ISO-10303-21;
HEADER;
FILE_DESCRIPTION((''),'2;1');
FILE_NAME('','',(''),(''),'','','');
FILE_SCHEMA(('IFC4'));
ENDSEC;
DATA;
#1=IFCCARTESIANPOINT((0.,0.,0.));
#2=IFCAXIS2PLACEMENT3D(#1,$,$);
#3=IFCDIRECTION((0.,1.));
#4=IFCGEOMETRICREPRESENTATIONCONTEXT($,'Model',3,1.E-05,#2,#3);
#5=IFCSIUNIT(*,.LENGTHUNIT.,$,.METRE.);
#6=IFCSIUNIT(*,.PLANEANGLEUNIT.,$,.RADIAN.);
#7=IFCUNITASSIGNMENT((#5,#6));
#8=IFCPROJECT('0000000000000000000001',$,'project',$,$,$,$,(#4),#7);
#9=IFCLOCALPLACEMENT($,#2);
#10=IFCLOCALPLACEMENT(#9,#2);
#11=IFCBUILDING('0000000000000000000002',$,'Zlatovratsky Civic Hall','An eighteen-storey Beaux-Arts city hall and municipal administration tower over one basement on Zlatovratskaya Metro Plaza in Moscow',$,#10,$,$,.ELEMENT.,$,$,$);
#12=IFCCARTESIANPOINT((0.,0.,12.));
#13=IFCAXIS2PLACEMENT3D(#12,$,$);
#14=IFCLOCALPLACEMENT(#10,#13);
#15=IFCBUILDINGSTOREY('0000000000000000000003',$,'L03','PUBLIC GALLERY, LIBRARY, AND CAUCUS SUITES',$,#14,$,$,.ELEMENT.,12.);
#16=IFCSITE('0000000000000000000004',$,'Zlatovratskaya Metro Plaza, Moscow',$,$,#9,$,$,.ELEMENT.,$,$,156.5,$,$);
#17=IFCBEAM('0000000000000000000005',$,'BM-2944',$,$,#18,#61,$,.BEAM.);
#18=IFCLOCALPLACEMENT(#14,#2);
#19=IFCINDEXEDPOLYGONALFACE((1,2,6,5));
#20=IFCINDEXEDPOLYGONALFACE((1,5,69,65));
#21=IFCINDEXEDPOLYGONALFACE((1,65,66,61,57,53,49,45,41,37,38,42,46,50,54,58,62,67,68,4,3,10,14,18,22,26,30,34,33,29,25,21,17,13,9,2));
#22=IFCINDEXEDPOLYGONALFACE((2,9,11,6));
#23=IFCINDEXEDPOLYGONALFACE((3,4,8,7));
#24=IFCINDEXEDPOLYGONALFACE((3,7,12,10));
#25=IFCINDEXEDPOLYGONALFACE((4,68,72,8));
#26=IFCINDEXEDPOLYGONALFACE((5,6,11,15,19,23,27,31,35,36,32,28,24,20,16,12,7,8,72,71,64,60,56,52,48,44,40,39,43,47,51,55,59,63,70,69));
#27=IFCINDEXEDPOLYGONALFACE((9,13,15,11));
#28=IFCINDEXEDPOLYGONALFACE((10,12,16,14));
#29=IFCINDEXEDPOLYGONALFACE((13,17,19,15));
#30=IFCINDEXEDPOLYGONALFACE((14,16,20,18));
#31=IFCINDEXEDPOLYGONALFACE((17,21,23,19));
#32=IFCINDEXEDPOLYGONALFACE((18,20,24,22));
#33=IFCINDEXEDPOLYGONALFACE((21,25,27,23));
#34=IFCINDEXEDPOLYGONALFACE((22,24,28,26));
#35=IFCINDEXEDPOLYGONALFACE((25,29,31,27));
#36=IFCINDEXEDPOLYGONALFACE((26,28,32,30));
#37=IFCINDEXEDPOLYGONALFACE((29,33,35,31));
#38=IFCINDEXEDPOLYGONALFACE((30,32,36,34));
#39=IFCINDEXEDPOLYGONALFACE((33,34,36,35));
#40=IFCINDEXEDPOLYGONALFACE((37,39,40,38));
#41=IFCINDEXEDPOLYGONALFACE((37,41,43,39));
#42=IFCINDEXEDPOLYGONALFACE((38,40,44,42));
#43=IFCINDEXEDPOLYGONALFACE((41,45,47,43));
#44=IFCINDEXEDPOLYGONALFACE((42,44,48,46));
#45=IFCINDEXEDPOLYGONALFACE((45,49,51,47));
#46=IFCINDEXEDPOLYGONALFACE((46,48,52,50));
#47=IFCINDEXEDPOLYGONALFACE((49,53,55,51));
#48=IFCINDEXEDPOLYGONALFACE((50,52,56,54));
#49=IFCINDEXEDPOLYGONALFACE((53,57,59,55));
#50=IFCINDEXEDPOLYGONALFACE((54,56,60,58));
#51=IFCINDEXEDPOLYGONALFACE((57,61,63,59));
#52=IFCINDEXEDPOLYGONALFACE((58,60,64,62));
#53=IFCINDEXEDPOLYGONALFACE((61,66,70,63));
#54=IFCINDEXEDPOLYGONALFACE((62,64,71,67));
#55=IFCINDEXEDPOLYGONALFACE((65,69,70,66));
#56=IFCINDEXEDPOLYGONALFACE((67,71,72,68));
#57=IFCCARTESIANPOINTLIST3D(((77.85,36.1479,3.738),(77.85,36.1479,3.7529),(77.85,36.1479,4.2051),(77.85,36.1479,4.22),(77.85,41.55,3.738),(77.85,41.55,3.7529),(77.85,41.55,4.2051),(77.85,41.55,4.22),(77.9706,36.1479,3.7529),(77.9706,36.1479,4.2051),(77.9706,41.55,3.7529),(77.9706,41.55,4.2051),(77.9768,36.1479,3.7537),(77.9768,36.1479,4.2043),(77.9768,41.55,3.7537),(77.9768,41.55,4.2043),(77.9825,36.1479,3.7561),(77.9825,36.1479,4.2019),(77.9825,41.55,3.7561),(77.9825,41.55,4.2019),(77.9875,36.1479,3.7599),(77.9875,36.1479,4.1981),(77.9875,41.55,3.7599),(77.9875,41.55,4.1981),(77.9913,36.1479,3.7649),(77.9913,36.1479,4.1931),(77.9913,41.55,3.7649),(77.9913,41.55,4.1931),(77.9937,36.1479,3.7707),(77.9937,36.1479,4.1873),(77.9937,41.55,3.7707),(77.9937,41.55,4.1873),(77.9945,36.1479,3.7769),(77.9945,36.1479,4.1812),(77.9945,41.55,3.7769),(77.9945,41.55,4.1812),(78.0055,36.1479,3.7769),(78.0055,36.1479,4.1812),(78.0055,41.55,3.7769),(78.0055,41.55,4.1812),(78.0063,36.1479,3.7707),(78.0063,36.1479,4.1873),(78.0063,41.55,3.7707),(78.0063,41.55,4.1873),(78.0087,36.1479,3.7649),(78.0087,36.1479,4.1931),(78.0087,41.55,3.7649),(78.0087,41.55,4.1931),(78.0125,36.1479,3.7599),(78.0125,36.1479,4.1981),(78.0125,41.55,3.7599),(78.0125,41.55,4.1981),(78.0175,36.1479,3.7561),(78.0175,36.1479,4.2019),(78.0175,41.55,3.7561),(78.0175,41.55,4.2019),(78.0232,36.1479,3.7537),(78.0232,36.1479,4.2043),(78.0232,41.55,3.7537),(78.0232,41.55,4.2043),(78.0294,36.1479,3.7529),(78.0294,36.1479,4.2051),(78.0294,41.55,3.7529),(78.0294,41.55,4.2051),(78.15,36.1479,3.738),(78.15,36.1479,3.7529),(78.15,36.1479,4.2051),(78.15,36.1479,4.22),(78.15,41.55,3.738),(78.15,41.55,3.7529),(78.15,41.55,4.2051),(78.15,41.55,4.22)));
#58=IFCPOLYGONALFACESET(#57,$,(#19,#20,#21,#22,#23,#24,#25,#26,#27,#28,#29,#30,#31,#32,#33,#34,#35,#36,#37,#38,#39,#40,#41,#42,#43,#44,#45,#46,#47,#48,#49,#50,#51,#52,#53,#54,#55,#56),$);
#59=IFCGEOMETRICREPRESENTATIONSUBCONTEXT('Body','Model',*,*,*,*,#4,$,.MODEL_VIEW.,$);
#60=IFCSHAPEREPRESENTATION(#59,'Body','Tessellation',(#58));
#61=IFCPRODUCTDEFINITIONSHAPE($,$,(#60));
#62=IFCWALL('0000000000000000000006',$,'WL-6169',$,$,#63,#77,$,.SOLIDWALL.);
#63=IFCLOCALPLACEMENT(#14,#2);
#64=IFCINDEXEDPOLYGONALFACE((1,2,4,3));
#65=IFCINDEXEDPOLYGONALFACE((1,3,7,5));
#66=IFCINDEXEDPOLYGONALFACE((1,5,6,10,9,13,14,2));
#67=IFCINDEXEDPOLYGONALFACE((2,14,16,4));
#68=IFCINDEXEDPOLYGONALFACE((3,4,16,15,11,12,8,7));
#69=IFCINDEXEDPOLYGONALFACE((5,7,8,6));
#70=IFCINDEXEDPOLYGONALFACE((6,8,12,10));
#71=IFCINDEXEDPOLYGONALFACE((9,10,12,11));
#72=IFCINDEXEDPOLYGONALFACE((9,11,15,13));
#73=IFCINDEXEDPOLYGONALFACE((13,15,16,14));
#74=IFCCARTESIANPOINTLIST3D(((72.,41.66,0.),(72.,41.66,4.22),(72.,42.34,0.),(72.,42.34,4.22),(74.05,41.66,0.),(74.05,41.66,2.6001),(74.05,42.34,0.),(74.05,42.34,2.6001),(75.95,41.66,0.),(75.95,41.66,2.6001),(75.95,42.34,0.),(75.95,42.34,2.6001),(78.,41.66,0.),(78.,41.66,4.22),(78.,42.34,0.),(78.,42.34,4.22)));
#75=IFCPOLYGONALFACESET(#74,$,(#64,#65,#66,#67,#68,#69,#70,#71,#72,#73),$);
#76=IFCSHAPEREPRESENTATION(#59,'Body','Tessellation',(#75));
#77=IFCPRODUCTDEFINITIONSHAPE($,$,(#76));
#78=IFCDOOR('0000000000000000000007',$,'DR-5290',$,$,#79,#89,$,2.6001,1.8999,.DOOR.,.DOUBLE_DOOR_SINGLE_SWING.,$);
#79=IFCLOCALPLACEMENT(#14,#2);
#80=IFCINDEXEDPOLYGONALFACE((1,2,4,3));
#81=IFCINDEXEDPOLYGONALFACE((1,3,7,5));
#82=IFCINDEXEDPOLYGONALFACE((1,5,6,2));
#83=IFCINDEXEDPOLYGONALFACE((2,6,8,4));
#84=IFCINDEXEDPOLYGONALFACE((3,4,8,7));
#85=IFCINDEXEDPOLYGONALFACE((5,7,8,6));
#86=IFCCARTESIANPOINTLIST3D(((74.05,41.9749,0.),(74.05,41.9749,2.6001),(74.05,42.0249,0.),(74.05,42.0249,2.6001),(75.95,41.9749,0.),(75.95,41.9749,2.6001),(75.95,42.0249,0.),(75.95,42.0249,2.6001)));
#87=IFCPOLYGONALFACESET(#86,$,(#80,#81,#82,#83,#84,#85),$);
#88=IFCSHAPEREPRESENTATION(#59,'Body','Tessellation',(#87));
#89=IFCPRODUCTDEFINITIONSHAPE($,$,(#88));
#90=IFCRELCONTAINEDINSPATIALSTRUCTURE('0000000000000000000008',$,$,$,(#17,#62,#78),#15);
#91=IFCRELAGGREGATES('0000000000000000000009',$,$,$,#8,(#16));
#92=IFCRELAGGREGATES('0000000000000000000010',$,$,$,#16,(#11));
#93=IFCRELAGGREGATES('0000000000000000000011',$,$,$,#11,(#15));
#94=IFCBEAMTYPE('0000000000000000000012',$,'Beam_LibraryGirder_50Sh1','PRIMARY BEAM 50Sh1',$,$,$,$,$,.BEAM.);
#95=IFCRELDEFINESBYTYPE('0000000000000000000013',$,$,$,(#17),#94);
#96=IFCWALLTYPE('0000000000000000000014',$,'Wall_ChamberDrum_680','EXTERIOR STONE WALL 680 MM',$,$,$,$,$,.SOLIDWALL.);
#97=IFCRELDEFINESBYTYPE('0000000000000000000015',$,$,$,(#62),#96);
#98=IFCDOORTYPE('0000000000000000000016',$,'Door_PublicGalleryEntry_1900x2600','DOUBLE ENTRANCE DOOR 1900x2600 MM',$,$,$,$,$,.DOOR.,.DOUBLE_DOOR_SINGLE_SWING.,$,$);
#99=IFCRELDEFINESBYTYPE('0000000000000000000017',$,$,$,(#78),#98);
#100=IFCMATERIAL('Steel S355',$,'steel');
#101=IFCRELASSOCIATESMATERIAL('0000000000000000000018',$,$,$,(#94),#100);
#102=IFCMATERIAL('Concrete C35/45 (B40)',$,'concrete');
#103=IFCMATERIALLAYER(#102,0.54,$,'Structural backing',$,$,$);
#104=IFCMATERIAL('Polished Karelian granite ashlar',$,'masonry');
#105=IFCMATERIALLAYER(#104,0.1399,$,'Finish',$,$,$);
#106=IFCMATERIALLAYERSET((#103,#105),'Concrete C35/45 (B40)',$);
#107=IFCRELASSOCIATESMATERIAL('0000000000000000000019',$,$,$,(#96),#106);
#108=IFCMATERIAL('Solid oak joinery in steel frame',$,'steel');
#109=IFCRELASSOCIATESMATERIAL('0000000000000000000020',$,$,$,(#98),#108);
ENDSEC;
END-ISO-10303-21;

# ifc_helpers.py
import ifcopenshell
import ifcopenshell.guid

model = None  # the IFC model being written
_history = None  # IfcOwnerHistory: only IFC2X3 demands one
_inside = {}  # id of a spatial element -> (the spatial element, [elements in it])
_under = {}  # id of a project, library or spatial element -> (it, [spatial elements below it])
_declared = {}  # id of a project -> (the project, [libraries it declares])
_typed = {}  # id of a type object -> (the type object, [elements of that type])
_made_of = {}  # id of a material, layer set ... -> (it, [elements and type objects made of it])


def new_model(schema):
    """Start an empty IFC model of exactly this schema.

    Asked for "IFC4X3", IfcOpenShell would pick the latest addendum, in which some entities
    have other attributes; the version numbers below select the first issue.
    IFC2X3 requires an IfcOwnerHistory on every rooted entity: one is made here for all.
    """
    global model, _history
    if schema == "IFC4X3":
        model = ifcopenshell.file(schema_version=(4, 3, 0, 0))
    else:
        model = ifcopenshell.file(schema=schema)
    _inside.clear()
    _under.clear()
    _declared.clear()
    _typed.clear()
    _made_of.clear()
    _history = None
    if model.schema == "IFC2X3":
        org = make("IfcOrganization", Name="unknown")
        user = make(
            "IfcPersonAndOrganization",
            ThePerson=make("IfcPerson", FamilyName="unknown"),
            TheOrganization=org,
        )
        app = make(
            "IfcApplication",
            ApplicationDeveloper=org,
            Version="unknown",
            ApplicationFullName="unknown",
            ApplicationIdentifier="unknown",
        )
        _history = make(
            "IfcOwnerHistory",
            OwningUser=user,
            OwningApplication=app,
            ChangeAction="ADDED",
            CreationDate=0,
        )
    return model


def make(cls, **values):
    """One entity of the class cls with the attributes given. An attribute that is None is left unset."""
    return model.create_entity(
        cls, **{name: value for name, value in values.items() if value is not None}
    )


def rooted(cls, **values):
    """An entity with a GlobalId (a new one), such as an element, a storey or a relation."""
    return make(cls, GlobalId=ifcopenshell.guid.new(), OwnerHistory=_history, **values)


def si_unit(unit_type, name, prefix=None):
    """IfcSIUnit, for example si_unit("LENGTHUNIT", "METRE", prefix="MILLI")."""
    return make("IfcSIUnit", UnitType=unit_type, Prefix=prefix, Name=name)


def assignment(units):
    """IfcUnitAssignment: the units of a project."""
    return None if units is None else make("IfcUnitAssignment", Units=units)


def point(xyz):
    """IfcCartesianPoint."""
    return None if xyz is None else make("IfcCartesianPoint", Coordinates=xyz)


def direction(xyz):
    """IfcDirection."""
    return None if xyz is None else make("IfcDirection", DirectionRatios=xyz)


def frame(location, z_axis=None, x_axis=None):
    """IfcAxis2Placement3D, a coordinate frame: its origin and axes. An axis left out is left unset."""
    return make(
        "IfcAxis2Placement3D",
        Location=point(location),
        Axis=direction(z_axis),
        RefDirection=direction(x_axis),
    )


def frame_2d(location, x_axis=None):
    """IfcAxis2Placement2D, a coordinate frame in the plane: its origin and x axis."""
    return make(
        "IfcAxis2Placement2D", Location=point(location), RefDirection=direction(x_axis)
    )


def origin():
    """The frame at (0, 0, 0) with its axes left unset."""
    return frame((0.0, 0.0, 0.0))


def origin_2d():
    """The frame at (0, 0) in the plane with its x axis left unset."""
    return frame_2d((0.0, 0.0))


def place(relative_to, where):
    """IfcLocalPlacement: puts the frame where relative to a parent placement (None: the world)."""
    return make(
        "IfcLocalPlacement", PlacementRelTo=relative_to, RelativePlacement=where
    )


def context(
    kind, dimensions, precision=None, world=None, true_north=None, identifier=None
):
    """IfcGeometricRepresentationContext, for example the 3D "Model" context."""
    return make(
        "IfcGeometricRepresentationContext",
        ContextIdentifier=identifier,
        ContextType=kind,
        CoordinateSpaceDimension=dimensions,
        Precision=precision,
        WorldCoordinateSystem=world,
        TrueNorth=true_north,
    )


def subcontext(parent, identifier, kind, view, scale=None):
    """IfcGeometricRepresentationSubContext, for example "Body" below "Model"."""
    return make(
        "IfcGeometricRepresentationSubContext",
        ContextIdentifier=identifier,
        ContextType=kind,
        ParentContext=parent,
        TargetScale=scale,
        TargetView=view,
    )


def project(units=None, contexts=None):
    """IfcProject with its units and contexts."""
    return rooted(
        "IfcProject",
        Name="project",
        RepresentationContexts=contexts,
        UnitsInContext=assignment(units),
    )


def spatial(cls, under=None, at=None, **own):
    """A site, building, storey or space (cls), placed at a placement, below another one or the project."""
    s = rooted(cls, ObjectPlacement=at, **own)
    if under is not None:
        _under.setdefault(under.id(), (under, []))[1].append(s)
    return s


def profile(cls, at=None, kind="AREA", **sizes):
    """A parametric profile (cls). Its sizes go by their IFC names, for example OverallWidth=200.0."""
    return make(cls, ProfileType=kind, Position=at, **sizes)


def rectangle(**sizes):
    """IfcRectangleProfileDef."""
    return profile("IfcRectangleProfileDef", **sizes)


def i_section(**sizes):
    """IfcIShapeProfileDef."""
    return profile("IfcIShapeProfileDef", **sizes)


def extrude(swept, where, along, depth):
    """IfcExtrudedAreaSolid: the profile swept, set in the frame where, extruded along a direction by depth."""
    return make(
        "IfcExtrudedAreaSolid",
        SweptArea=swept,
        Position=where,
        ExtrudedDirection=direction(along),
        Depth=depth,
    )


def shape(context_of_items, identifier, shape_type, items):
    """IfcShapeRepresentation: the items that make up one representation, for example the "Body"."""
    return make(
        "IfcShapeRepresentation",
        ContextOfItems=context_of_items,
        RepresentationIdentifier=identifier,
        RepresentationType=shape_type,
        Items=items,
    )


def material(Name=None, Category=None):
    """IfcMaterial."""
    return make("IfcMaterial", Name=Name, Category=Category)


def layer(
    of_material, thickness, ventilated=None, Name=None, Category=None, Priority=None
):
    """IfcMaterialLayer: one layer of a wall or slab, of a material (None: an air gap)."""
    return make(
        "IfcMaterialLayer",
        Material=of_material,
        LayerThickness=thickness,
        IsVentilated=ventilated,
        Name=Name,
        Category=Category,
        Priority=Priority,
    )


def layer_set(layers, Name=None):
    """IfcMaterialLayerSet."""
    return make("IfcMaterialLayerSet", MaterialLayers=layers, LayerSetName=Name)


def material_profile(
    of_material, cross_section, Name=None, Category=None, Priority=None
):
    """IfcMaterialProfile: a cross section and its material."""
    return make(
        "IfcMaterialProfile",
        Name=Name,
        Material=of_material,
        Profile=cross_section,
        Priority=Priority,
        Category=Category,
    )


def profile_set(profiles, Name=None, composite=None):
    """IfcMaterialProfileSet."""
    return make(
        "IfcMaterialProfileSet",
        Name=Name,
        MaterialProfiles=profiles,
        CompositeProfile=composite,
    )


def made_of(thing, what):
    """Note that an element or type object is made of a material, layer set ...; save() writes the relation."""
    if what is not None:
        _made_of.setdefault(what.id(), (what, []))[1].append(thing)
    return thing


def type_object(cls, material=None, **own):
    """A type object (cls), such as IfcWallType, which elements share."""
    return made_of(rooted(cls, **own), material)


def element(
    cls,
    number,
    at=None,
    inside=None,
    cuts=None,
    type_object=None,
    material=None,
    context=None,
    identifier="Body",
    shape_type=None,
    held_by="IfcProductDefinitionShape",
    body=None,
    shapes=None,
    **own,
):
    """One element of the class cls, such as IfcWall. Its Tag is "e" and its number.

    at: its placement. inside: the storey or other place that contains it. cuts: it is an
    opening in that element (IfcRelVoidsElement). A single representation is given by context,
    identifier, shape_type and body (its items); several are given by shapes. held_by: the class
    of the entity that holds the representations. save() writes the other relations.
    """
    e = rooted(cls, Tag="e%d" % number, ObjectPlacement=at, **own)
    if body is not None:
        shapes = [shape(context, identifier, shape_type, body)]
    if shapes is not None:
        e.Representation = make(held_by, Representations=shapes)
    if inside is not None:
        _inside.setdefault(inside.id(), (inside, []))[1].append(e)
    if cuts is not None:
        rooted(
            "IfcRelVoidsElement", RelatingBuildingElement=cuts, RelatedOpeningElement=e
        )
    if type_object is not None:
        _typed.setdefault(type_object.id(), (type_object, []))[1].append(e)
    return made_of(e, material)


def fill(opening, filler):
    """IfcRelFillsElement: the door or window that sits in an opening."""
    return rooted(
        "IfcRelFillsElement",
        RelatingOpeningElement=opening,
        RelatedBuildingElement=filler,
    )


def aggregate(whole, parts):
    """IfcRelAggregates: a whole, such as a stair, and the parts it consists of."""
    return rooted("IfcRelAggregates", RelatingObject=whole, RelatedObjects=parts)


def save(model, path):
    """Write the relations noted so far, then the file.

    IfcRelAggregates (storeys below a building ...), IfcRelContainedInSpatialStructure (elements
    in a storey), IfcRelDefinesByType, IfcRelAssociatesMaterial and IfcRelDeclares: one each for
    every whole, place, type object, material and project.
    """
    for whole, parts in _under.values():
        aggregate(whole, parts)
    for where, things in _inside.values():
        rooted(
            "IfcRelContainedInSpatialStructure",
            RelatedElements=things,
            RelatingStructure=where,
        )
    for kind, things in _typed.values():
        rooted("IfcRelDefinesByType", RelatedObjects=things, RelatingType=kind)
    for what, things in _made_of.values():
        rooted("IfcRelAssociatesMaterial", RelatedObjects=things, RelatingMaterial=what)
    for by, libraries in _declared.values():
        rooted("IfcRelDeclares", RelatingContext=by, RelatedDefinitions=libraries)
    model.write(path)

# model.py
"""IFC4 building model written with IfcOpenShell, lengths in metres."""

from ifc_helpers import new_model, si_unit, direction, frame, frame_2d, origin, origin_2d, place, context, subcontext, project, spatial, rectangle, i_section, extrude, material, layer, layer_set, material_profile, profile_set, type_object, element, fill, save


model = new_model("IFC4")

# Units and contexts
model_context = context("Model", 3, precision=1e-05, world=origin(), true_north=direction((0.0, 1.0)))
body_context = subcontext(model_context, "Body", "Model", "MODEL_VIEW")
ifc_project = project(units=[si_unit("LENGTHUNIT", "METRE"), si_unit("PLANEANGLEUNIT", "RADIAN")], contexts=[model_context])

# Site, building, storey
site_placement = place(None, origin())
site = spatial("IfcSite", under=ifc_project, at=site_placement, Name="Zlatovratskaya Metro Plaza, Moscow", CompositionType="ELEMENT", RefElevation=156.5)
building_placement = place(site_placement, origin())
building = spatial("IfcBuilding", under=site, at=building_placement, Name="Zlatovratsky Civic Hall", Description="An eighteen-storey Beaux-Arts city hall and municipal administration tower over one basement on Zlatovratskaya Metro Plaza in Moscow", CompositionType="ELEMENT")
storey_placement = place(building_placement, frame((0.0, 0.0, 12.0)))
storey = spatial("IfcBuildingStorey", under=building, at=storey_placement, Name="L03", Description="PUBLIC GALLERY, LIBRARY, AND CAUCUS SUITES", CompositionType="ELEMENT", Elevation=12.0)

# Shared definitions
ifc_material_1 = material(Name="Concrete C35/45 (B40)", Category="concrete")
ifc_material_2 = material(Name="Steel S355", Category="steel")

# Beam
ifc_material_profile_1 = material_profile(ifc_material_2, i_section(OverallWidth=0.3, OverallDepth=0.4819, WebThickness=0.011, FlangeThickness=0.0149, FilletRadius=0.0239, at=origin_2d()), Name="50Sh1")
ifc_profile_set_1 = profile_set([ifc_material_profile_1], Name="Steel S355")
beam_type = type_object("IfcBeamType", Name="Beam_LibraryGirder_50Sh1", Description="PRIMARY BEAM 50Sh1", PredefinedType="BEAM", material=ifc_profile_set_1)
for number, where, z_axis, x_axis, name in (
    (1, (78.0, 36.1479, 3.979), (0.0, 1.0, 0.0), (-1.0, 0.0, 0.0), "BM-2944"),
):
    element("IfcBeam", number, at=place(storey_placement, frame(where, z_axis=z_axis, x_axis=x_axis)), inside=storey, type_object=beam_type, Name=name, PredefinedType="BEAM", context=body_context, shape_type="SweptSolid", body=[
        extrude(i_section(OverallWidth=0.3, OverallDepth=0.4819, WebThickness=0.011, FlangeThickness=0.0149, FilletRadius=0.0239, at=origin_2d()), origin(), (0.0, 0.0, 1.0), 5.4021),
    ])

# Wall, opening, door
ifc_layer_1 = layer(ifc_material_1, 0.54, Name="Structural backing")
ifc_material_3 = material(Name="Polished Karelian granite ashlar", Category="masonry")
ifc_layer_2 = layer(ifc_material_3, 0.1399, Name="Finish")
ifc_layer_set = layer_set([ifc_layer_1, ifc_layer_2], Name="Concrete C35/45 (B40)")
wall_type = type_object("IfcWallType", Name="Wall_ChamberDrum_680", Description="EXTERIOR STONE WALL 680 MM", PredefinedType="SOLIDWALL", material=ifc_layer_set)
wall_placement = place(storey_placement, frame((72.0, 42.0, 0.0), z_axis=(0.0, 0.0, 1.0), x_axis=(1.0, 0.0, 0.0)))
wall = element("IfcWall", 2, at=wall_placement, inside=storey, type_object=wall_type, Name="WL-6169", PredefinedType="SOLIDWALL", context=body_context, shape_type="SweptSolid", body=[
    extrude(rectangle(XDim=6.0, YDim=0.6799, at=frame_2d((3.0, 0.0))), origin(), (0.0, 0.0, 1.0), 4.22),
])
opening_placement = place(wall_placement, frame((2.05, 0.0, 0.0)))
opening = element("IfcOpeningElement", 3, at=opening_placement, cuts=wall, PredefinedType="OPENING", context=body_context, shape_type="SweptSolid", body=[
    extrude(rectangle(XDim=1.8999, YDim=2.6001, at=frame_2d((0.95, 1.3))), frame((0.0, 0.355, 0.0), z_axis=(0.0, -1.0, 0.0), x_axis=(1.0, 0.0, 0.0)), (0.0, 0.0, 1.0), 0.7097),
])
ifc_material_4 = material(Name="Solid oak joinery in steel frame", Category="steel")
door_type = type_object("IfcDoorType", Name="Door_PublicGalleryEntry_1900x2600", Description="DOUBLE ENTRANCE DOOR 1900x2600 MM", OperationType="DOUBLE_DOOR_SINGLE_SWING", PredefinedType="DOOR", material=ifc_material_4)
door_placement = place(opening_placement, origin())
door = element("IfcDoor", 4, at=door_placement, inside=storey, type_object=door_type, Name="DR-5290", OperationType="DOUBLE_DOOR_SINGLE_SWING", OverallHeight=2.6001, OverallWidth=1.8999, PredefinedType="DOOR", context=body_context, shape_type="SweptSolid", body=[
    extrude(rectangle(XDim=1.8999, YDim=2.6001, at=frame_2d((0.95, 1.3))), frame((0.0, 0.0249, 0.0), z_axis=(0.0, -1.0, 0.0), x_axis=(1.0, 0.0, 0.0)), (0.0, 0.0, 1.0), 0.05),
])
fill(opening, door)

save(model, "model.ifc")
